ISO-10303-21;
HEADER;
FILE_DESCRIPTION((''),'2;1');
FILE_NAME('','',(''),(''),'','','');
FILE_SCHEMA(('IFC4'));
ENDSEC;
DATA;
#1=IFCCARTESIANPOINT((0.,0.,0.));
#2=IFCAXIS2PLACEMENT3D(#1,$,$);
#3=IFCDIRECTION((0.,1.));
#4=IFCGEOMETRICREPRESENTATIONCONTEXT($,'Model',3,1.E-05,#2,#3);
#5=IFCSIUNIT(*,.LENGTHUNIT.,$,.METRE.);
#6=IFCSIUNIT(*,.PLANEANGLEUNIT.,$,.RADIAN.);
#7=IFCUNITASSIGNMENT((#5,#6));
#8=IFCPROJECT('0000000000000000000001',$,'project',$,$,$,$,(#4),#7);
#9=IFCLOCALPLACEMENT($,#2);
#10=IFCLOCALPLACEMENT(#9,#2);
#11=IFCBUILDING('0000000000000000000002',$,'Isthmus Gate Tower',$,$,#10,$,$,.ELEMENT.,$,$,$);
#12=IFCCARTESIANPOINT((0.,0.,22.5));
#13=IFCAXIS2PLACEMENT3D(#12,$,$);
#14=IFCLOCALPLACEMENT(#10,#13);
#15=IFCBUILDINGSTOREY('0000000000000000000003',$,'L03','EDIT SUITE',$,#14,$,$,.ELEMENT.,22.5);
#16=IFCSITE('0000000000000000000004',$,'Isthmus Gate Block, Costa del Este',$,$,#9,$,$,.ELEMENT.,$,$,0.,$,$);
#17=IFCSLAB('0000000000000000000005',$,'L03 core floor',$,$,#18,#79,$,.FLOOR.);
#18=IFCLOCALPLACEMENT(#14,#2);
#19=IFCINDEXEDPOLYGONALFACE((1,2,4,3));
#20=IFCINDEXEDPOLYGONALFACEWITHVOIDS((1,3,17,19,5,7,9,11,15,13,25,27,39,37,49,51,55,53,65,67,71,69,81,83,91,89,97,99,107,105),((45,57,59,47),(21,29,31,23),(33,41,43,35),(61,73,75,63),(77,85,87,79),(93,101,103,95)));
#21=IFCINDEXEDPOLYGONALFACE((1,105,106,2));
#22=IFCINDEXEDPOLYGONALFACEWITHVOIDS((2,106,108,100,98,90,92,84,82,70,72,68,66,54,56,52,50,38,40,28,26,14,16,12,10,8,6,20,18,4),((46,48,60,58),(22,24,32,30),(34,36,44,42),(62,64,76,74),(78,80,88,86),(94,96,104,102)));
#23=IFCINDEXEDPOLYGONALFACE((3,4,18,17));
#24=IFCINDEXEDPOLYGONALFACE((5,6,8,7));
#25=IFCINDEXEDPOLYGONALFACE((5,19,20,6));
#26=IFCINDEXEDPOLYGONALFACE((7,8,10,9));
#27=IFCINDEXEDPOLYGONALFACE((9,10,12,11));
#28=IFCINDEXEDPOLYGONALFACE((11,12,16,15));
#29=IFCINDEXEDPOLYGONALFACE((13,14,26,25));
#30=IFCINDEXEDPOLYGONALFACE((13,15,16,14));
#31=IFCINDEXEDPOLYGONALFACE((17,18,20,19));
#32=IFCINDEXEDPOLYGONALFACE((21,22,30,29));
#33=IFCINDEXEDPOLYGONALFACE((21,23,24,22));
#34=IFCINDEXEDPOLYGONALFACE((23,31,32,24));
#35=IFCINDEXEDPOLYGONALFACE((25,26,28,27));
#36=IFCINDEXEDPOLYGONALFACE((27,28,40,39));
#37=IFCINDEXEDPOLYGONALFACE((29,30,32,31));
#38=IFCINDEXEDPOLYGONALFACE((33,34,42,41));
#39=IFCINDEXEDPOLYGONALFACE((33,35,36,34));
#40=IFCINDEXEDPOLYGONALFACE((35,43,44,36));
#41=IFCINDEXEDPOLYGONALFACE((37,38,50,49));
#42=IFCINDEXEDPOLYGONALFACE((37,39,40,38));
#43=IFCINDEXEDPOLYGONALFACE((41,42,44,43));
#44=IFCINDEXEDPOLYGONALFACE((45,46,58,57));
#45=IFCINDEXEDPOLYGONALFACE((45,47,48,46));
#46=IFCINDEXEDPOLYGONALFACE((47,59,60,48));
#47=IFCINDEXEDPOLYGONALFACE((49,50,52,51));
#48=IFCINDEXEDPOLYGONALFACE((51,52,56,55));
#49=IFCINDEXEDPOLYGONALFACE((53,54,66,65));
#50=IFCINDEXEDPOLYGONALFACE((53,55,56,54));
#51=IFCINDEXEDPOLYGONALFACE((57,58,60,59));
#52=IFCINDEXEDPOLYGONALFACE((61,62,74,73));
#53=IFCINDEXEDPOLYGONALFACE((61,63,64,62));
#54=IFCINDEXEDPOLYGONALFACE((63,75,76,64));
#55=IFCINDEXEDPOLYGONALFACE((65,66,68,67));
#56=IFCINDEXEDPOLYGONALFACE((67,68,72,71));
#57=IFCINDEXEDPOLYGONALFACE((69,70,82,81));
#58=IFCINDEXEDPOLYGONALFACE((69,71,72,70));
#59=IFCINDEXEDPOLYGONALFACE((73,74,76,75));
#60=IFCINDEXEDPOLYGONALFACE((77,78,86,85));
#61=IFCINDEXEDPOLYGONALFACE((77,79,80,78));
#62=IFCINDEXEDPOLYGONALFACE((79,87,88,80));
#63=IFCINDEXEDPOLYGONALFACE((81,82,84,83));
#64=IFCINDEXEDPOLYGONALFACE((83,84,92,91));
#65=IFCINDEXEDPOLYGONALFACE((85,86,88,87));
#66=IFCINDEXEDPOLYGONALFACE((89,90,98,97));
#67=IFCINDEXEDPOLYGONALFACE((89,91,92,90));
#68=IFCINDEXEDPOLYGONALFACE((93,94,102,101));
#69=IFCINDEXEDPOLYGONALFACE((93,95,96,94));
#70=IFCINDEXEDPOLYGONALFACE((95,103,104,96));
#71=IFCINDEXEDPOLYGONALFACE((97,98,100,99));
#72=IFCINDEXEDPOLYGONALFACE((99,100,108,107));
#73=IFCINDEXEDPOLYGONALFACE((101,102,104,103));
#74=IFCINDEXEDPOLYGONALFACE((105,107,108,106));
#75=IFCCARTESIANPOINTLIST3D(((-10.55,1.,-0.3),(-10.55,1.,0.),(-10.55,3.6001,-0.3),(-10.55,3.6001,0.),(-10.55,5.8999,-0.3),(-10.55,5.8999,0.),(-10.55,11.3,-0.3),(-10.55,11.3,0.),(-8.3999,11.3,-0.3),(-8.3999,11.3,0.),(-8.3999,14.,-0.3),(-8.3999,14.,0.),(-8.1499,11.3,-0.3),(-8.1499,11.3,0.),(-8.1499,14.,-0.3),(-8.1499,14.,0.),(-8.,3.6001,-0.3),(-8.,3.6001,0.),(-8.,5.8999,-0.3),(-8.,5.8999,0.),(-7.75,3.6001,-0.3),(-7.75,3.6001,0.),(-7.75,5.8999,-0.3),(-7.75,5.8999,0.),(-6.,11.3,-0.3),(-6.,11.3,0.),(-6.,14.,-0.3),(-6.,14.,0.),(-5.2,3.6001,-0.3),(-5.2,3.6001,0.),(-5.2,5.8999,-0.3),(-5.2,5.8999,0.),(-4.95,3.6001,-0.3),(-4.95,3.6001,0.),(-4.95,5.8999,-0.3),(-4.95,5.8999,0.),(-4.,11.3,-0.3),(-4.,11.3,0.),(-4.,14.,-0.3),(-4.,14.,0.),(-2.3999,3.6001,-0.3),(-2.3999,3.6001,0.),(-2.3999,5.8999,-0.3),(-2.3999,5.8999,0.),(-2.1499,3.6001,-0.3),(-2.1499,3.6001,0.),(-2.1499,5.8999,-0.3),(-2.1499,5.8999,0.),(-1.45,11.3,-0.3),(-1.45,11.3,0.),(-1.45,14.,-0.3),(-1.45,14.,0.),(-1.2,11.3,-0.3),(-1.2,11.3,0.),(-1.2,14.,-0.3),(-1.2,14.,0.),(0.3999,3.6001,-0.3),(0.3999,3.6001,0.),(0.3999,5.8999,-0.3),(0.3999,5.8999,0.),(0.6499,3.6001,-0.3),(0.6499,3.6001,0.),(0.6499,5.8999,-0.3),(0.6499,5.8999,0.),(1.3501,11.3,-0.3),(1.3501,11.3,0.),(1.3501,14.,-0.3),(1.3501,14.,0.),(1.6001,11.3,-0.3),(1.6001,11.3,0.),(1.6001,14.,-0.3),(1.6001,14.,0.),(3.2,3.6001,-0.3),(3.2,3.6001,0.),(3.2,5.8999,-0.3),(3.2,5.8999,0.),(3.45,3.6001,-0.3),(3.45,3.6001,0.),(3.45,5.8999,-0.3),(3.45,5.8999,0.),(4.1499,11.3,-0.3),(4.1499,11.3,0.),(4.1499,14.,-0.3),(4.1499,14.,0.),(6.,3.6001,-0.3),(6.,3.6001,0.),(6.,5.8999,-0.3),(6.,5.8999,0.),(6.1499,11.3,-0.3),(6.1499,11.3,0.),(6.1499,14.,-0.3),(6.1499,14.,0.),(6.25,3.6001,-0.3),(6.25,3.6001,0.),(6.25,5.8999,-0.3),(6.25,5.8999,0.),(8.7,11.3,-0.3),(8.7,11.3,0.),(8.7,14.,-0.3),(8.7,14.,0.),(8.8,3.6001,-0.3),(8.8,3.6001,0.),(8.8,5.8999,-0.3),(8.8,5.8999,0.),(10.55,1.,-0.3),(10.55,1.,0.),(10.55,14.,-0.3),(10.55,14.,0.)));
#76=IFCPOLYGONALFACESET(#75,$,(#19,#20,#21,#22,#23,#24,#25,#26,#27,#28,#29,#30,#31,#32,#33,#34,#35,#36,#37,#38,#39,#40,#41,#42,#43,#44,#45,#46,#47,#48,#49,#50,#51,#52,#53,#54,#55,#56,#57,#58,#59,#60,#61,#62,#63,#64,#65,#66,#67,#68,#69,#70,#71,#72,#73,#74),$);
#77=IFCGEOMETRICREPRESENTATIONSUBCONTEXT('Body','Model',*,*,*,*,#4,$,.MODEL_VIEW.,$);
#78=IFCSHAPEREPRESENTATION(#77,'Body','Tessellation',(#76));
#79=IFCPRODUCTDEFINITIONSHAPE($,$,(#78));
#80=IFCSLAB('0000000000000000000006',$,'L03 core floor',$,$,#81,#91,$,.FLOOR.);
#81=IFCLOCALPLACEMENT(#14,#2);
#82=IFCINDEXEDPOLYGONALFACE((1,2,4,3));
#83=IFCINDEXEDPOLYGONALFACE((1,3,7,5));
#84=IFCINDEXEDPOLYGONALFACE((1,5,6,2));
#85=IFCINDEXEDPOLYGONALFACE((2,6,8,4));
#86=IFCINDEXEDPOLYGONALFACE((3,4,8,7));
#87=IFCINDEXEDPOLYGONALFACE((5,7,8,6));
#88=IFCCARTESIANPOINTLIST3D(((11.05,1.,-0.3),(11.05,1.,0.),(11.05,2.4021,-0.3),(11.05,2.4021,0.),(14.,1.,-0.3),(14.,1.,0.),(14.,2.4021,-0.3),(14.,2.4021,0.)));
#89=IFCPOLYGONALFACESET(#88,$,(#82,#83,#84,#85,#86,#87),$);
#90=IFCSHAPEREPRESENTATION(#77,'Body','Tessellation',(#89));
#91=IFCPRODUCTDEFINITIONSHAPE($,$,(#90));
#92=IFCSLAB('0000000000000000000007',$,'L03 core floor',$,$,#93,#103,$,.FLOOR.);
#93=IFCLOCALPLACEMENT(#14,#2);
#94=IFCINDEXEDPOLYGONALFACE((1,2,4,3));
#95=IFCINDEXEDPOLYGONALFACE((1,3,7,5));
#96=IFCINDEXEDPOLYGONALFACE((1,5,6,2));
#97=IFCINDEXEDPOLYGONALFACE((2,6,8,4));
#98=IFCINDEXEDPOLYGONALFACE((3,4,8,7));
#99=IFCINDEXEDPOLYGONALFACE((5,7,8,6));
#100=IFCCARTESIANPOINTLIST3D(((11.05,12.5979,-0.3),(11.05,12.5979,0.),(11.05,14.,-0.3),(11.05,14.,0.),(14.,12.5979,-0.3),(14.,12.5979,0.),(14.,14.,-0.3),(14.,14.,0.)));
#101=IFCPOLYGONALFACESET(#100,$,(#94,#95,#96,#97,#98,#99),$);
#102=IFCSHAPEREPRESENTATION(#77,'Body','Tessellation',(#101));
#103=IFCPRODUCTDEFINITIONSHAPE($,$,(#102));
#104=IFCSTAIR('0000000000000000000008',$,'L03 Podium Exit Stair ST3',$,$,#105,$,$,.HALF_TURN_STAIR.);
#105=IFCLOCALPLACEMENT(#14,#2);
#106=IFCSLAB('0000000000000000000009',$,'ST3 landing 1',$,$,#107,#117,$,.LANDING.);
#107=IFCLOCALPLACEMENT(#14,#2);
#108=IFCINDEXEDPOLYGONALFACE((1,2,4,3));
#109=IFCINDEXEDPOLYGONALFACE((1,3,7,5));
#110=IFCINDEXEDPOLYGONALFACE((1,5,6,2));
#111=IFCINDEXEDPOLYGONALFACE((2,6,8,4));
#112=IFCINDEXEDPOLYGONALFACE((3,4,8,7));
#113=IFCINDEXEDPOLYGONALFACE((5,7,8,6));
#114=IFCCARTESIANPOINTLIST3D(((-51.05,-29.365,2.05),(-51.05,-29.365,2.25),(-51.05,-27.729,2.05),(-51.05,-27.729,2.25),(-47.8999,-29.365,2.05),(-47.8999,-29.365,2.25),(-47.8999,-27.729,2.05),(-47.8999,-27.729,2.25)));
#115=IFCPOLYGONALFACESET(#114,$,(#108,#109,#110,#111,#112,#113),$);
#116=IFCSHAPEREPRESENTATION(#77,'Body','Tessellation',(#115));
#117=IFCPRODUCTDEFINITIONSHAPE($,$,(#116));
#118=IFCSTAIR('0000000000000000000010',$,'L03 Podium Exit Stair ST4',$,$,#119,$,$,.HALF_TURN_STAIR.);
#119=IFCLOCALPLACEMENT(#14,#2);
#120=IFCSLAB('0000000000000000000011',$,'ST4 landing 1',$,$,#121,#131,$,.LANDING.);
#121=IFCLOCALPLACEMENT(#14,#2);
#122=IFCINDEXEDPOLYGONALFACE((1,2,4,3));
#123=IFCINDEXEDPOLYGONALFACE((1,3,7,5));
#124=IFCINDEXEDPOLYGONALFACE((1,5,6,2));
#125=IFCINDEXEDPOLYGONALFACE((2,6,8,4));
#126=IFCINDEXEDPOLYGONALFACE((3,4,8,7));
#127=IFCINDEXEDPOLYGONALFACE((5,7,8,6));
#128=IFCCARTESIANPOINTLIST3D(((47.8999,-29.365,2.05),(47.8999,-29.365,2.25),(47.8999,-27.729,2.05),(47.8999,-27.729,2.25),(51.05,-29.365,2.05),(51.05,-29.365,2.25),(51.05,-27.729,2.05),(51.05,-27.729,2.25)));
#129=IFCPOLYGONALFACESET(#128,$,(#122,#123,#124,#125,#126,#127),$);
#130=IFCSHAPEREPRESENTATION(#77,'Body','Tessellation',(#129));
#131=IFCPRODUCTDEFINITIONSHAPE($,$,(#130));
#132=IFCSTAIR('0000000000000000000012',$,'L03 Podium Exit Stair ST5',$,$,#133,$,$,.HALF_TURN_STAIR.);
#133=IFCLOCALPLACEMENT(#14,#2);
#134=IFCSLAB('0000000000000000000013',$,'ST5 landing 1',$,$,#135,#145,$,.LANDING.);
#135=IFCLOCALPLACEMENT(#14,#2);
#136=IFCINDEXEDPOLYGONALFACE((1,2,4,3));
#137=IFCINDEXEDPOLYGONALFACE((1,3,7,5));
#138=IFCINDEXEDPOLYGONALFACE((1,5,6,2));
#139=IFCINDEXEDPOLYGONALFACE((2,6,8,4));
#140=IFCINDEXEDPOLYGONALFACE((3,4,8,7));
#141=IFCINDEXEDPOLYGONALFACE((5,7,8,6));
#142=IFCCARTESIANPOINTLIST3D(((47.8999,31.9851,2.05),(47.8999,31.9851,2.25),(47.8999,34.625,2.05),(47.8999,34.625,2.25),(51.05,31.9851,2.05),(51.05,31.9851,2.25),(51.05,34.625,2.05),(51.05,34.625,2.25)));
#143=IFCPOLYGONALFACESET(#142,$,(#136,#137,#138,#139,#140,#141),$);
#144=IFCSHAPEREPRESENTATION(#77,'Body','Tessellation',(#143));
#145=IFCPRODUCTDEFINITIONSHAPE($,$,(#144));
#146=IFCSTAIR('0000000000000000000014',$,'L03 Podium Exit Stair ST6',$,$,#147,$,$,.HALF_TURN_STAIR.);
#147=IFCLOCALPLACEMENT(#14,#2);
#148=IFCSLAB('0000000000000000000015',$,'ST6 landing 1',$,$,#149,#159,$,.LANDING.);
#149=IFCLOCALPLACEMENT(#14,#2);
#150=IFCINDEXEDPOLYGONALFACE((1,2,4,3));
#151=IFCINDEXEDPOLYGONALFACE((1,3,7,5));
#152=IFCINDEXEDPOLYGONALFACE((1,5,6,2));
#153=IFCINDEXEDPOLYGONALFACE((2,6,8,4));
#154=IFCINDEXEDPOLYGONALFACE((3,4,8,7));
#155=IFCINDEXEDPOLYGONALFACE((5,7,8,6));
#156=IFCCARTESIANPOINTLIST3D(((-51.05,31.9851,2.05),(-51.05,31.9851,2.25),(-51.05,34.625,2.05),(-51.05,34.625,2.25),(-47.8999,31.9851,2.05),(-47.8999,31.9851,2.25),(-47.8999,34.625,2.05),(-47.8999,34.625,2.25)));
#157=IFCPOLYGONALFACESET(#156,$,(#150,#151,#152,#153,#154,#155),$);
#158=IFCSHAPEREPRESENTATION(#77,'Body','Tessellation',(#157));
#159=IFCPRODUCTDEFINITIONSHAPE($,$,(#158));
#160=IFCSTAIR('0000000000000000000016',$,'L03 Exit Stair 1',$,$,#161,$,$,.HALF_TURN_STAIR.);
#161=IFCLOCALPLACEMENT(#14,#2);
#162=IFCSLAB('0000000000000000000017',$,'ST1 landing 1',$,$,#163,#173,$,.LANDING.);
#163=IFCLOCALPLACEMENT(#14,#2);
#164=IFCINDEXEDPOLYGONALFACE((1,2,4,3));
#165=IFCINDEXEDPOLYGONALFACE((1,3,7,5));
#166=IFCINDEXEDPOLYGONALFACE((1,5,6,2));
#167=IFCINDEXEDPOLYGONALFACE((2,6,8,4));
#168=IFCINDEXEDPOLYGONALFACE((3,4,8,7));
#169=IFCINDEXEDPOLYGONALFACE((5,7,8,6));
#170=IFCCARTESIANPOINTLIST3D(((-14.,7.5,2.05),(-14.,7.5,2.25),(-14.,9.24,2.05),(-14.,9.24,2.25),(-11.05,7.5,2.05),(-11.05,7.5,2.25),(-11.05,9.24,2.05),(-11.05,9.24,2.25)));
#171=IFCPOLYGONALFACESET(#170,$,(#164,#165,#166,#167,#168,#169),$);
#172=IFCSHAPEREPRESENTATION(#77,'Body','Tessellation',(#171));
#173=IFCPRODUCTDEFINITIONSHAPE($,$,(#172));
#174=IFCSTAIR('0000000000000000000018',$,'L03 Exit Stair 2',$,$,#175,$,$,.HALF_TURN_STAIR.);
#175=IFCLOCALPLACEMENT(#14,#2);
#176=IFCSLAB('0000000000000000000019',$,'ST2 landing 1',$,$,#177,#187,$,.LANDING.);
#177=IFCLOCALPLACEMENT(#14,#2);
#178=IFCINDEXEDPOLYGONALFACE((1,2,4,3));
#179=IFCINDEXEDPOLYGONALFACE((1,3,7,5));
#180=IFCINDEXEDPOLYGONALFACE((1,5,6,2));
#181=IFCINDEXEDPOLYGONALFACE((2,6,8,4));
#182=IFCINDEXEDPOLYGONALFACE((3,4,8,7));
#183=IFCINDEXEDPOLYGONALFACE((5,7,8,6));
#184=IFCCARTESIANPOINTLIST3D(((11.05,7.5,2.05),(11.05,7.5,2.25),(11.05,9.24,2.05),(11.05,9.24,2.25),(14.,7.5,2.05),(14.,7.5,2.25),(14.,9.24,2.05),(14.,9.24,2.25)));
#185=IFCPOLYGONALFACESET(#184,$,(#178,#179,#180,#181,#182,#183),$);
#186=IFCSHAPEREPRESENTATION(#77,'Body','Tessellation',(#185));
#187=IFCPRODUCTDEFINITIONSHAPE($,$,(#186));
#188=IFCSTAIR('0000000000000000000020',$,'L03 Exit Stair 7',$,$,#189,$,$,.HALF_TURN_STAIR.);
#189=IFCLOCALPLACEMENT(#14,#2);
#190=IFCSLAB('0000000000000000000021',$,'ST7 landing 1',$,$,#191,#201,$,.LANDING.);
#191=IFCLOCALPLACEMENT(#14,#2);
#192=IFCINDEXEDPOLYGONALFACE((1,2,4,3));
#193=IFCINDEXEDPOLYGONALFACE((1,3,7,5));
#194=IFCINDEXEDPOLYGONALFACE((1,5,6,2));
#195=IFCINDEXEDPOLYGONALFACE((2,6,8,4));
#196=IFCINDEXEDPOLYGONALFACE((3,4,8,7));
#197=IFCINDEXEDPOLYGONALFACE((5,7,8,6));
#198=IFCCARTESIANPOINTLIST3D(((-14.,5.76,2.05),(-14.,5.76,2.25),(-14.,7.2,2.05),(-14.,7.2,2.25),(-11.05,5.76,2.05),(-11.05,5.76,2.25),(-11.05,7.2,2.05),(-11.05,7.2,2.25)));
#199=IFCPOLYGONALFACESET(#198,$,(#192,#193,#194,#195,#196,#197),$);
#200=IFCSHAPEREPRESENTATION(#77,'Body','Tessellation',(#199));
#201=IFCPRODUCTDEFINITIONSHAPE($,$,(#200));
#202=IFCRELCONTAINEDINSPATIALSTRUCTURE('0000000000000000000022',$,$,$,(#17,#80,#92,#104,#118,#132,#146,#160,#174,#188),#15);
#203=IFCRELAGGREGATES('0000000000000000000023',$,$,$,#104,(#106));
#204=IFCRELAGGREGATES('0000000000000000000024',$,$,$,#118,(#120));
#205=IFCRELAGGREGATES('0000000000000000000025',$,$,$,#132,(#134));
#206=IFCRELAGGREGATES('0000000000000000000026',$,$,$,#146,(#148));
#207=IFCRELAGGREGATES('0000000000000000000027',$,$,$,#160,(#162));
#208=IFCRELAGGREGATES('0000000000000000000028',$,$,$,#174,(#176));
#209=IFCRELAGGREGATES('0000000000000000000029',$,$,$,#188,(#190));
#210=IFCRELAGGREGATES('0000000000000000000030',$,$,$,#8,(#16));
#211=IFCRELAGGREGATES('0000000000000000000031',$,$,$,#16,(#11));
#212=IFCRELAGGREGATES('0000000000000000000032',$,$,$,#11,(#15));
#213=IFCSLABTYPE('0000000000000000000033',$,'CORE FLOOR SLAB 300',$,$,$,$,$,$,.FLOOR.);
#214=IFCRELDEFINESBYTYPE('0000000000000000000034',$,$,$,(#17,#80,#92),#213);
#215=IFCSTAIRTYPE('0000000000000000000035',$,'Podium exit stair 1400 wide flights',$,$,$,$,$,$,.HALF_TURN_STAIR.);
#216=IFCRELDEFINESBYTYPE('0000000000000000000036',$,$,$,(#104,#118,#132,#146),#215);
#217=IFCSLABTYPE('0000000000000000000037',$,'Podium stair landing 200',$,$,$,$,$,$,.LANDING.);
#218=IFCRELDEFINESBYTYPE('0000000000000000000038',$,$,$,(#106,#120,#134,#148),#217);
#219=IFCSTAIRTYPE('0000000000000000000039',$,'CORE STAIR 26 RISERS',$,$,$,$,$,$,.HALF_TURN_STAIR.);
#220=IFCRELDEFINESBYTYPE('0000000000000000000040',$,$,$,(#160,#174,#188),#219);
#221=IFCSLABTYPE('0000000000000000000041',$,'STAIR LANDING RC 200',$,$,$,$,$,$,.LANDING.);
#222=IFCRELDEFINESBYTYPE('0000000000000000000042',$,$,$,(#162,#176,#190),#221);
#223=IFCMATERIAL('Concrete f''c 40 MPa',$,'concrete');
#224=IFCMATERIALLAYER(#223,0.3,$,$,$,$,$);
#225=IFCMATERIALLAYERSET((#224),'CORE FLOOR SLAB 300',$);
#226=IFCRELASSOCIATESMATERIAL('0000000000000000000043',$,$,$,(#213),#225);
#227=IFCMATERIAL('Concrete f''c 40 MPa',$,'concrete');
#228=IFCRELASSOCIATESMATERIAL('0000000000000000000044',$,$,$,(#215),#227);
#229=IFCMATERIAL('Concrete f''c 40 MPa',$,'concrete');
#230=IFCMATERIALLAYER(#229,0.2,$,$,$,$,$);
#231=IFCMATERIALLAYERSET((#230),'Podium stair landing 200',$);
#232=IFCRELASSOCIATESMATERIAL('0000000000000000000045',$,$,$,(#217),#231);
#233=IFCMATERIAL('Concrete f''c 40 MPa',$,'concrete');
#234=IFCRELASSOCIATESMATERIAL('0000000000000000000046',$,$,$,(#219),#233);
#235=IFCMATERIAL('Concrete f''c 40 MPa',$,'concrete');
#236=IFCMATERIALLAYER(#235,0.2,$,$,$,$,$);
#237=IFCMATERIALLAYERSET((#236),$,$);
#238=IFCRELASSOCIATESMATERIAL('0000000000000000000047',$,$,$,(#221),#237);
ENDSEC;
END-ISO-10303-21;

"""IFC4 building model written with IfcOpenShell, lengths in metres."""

from ifc_helpers import new_model, si_unit, direction, frame, origin, place, context, subcontext, project, spatial, polyline, outline, extrude, material, layer, layer_set, type_object, element, aggregate, save


model = new_model("IFC4")

# Units and contexts
model_context = context("Model", 3, precision=1e-05, world=origin(), true_north=direction((0.0, 1.0)))
body_context = subcontext(model_context, "Body", "Model", "MODEL_VIEW")
ifc_project = project(units=[si_unit("LENGTHUNIT", "METRE"), si_unit("PLANEANGLEUNIT", "RADIAN")], contexts=[model_context])

# Site, building, storey
site_placement = place(None, origin())
site = spatial("IfcSite", under=ifc_project, at=site_placement, Name="Isthmus Gate Block, Costa del Este", CompositionType="ELEMENT", RefElevation=0.0)
building_placement = place(site_placement, origin())
building = spatial("IfcBuilding", under=site, at=building_placement, Name="Isthmus Gate Tower", CompositionType="ELEMENT")
storey_placement = place(building_placement, frame((0.0, 0.0, 22.5)))
storey = spatial("IfcBuildingStorey", under=building, at=storey_placement, Name="L03", Description="EDIT SUITE", CompositionType="ELEMENT", Elevation=22.5)

# Slabs
ifc_material_1 = material(Name="Concrete f'c 40 MPa", Category="concrete")
ifc_layer_1 = layer(ifc_material_1, 0.3)
ifc_layer_set_1 = layer_set([ifc_layer_1], Name="CORE FLOOR SLAB 300")
slab_type_1 = type_object("IfcSlabType", Name="CORE FLOOR SLAB 300", PredefinedType="FLOOR", material=ifc_layer_set_1)
slab_1_placement = place(storey_placement, frame((0.0, 0.0, -0.3)))
element("IfcSlab", 1, at=slab_1_placement, inside=storey, type_object=slab_type_1, Name="L03 core floor", PredefinedType="FLOOR", context=body_context, shape_type="SweptSolid", body=[
    extrude(outline(polyline([(10.55, 14.0), (8.7, 14.0), (8.7, 11.3), (6.1499, 11.3), (6.1499, 14.0), (4.1499, 14.0), (4.1499, 11.3), (1.6001, 11.3), (1.6001, 14.0), (1.3501, 14.0), (1.3501, 11.3), (-1.2, 11.3), (-1.2, 14.0), (-1.45, 14.0), (-1.45, 11.3), (-4.0, 11.3), (-4.0, 14.0), (-6.0, 14.0), (-6.0, 11.3), (-8.1499, 11.3), (-8.1499, 14.0), (-8.3999, 14.0), (-8.3999, 11.3), (-10.55, 11.3), (-10.55, 5.8999), (-8.0, 5.8999), (-8.0, 3.6001), (-10.55, 3.6001), (-10.55, 1.0), (10.55, 1.0), (10.55, 14.0)]), holes=[polyline([(-5.2, 5.8999), (-5.2, 3.6001), (-7.75, 3.6001), (-7.75, 5.8999), (-5.2, 5.8999)]), polyline([(-2.3999, 5.8999), (-2.3999, 3.6001), (-4.95, 3.6001), (-4.95, 5.8999), (-2.3999, 5.8999)]), polyline([(0.3999, 5.8999), (0.3999, 3.6001), (-2.1499, 3.6001), (-2.1499, 5.8999), (0.3999, 5.8999)]), polyline([(3.2, 5.8999), (3.2, 3.6001), (0.6499, 3.6001), (0.6499, 5.8999), (3.2, 5.8999)]), polyline([(6.0, 5.8999), (6.0, 3.6001), (3.45, 3.6001), (3.45, 5.8999), (6.0, 5.8999)]), polyline([(8.8, 5.8999), (8.8, 3.6001), (6.25, 3.6001), (6.25, 5.8999), (8.8, 5.8999)])]), origin(), (0.0, 0.0, 1.0), 0.3),
])
slab_2_placement = place(storey_placement, frame((0.0, 0.0, -0.3)))
element("IfcSlab", 2, at=slab_2_placement, inside=storey, type_object=slab_type_1, Name="L03 core floor", PredefinedType="FLOOR", context=body_context, shape_type="SweptSolid", body=[
    extrude(outline(polyline([(14.0, 1.0), (14.0, 2.4021), (11.05, 2.4021), (11.05, 1.0), (14.0, 1.0)])), origin(), (0.0, 0.0, 1.0), 0.3),
])
slab_3_placement = place(storey_placement, frame((0.0, 0.0, -0.3)))
element("IfcSlab", 3, at=slab_3_placement, inside=storey, type_object=slab_type_1, Name="L03 core floor", PredefinedType="FLOOR", context=body_context, shape_type="SweptSolid", body=[
    extrude(outline(polyline([(11.05, 14.0), (11.05, 12.5979), (14.0, 12.5979), (14.0, 14.0), (11.05, 14.0)])), origin(), (0.0, 0.0, 1.0), 0.3),
])

# Stairs, slabs
ifc_material_2 = material(Name="Concrete f'c 40 MPa", Category="concrete")
stair_type_1 = type_object("IfcStairType", Name="Podium exit stair 1400 wide flights", PredefinedType="HALF_TURN_STAIR", material=ifc_material_2)
stair_1_placement = place(storey_placement, origin())
stair_1 = element("IfcStair", 4, at=stair_1_placement, inside=storey, type_object=stair_type_1, Name="L03 Podium Exit Stair ST3", PredefinedType="HALF_TURN_STAIR")
ifc_material_3 = material(Name="Concrete f'c 40 MPa", Category="concrete")
ifc_layer_2 = layer(ifc_material_3, 0.2)
ifc_layer_set_2 = layer_set([ifc_layer_2], Name="Podium stair landing 200")
slab_type_2 = type_object("IfcSlabType", Name="Podium stair landing 200", PredefinedType="LANDING", material=ifc_layer_set_2)
slab_4_placement = place(storey_placement, frame((0.0, 0.0, 2.05)))
slab_4 = element("IfcSlab", 5, at=slab_4_placement, type_object=slab_type_2, Name="ST3 landing 1", PredefinedType="LANDING", context=body_context, shape_type="SweptSolid", body=[
    extrude(outline(polyline([(-47.8999, -29.365), (-47.8999, -27.729), (-51.05, -27.729), (-51.05, -29.365), (-47.8999, -29.365)])), origin(), (0.0, 0.0, 1.0), 0.2),
])
aggregate(stair_1, [slab_4])
stair_2_placement = place(storey_placement, origin())
stair_2 = element("IfcStair", 6, at=stair_2_placement, inside=storey, type_object=stair_type_1, Name="L03 Podium Exit Stair ST4", PredefinedType="HALF_TURN_STAIR")
slab_5_placement = place(storey_placement, frame((0.0, 0.0, 2.05)))
slab_5 = element("IfcSlab", 7, at=slab_5_placement, type_object=slab_type_2, Name="ST4 landing 1", PredefinedType="LANDING", context=body_context, shape_type="SweptSolid", body=[
    extrude(outline(polyline([(51.05, -29.365), (51.05, -27.729), (47.8999, -27.729), (47.8999, -29.365), (51.05, -29.365)])), origin(), (0.0, 0.0, 1.0), 0.2),
])
aggregate(stair_2, [slab_5])
stair_3_placement = place(storey_placement, origin())
stair_3 = element("IfcStair", 8, at=stair_3_placement, inside=storey, type_object=stair_type_1, Name="L03 Podium Exit Stair ST5", PredefinedType="HALF_TURN_STAIR")
slab_6_placement = place(storey_placement, frame((0.0, 0.0, 2.05)))
slab_6 = element("IfcSlab", 9, at=slab_6_placement, type_object=slab_type_2, Name="ST5 landing 1", PredefinedType="LANDING", context=body_context, shape_type="SweptSolid", body=[
    extrude(outline(polyline([(51.05, 31.9851), (51.05, 34.625), (47.8999, 34.625), (47.8999, 31.9851), (51.05, 31.9851)])), origin(), (0.0, 0.0, 1.0), 0.2),
])
aggregate(stair_3, [slab_6])
stair_4_placement = place(storey_placement, origin())
stair_4 = element("IfcStair", 10, at=stair_4_placement, inside=storey, type_object=stair_type_1, Name="L03 Podium Exit Stair ST6", PredefinedType="HALF_TURN_STAIR")
slab_7_placement = place(storey_placement, frame((0.0, 0.0, 2.05)))
slab_7 = element("IfcSlab", 11, at=slab_7_placement, type_object=slab_type_2, Name="ST6 landing 1", PredefinedType="LANDING", context=body_context, shape_type="SweptSolid", body=[
    extrude(outline(polyline([(-47.8999, 31.9851), (-47.8999, 34.625), (-51.05, 34.625), (-51.05, 31.9851), (-47.8999, 31.9851)])), origin(), (0.0, 0.0, 1.0), 0.2),
])
aggregate(stair_4, [slab_7])
ifc_material_4 = material(Name="Concrete f'c 40 MPa", Category="concrete")
stair_type_2 = type_object("IfcStairType", Name="CORE STAIR 26 RISERS", PredefinedType="HALF_TURN_STAIR", material=ifc_material_4)
stair_5_placement = place(storey_placement, origin())
stair_5 = element("IfcStair", 12, at=stair_5_placement, inside=storey, type_object=stair_type_2, Name="L03 Exit Stair 1", PredefinedType="HALF_TURN_STAIR")
ifc_material_5 = material(Name="Concrete f'c 40 MPa", Category="concrete")
ifc_layer_3 = layer(ifc_material_5, 0.2)
ifc_layer_set_3 = layer_set([ifc_layer_3])
slab_type_3 = type_object("IfcSlabType", Name="STAIR LANDING RC 200", PredefinedType="LANDING", material=ifc_layer_set_3)
slab_8_placement = place(storey_placement, frame((0.0, 0.0, 2.05)))
slab_8 = element("IfcSlab", 13, at=slab_8_placement, type_object=slab_type_3, Name="ST1 landing 1", PredefinedType="LANDING", context=body_context, shape_type="SweptSolid", body=[
    extrude(outline(polyline([(-14.0, 9.24), (-14.0, 7.5), (-11.05, 7.5), (-11.05, 9.24), (-14.0, 9.24)])), origin(), (0.0, 0.0, 1.0), 0.2),
])
aggregate(stair_5, [slab_8])
stair_6_placement = place(storey_placement, origin())
stair_6 = element("IfcStair", 14, at=stair_6_placement, inside=storey, type_object=stair_type_2, Name="L03 Exit Stair 2", PredefinedType="HALF_TURN_STAIR")
slab_9_placement = place(storey_placement, frame((0.0, 0.0, 2.05)))
slab_9 = element("IfcSlab", 15, at=slab_9_placement, type_object=slab_type_3, Name="ST2 landing 1", PredefinedType="LANDING", context=body_context, shape_type="SweptSolid", body=[
    extrude(outline(polyline([(11.05, 9.24), (11.05, 7.5), (14.0, 7.5), (14.0, 9.24), (11.05, 9.24)])), origin(), (0.0, 0.0, 1.0), 0.2),
])
aggregate(stair_6, [slab_9])
stair_7_placement = place(storey_placement, origin())
stair_7 = element("IfcStair", 16, at=stair_7_placement, inside=storey, type_object=stair_type_2, Name="L03 Exit Stair 7", PredefinedType="HALF_TURN_STAIR")
slab_10_placement = place(storey_placement, frame((0.0, 0.0, 2.05)))
slab_10 = element("IfcSlab", 17, at=slab_10_placement, type_object=slab_type_3, Name="ST7 landing 1", PredefinedType="LANDING", context=body_context, shape_type="SweptSolid", body=[
    extrude(outline(polyline([(-11.05, 5.76), (-11.05, 7.2), (-14.0, 7.2), (-14.0, 5.76), (-11.05, 5.76)])), origin(), (0.0, 0.0, 1.0), 0.2),
])
aggregate(stair_7, [slab_10])

save(model, "model.ifc")
